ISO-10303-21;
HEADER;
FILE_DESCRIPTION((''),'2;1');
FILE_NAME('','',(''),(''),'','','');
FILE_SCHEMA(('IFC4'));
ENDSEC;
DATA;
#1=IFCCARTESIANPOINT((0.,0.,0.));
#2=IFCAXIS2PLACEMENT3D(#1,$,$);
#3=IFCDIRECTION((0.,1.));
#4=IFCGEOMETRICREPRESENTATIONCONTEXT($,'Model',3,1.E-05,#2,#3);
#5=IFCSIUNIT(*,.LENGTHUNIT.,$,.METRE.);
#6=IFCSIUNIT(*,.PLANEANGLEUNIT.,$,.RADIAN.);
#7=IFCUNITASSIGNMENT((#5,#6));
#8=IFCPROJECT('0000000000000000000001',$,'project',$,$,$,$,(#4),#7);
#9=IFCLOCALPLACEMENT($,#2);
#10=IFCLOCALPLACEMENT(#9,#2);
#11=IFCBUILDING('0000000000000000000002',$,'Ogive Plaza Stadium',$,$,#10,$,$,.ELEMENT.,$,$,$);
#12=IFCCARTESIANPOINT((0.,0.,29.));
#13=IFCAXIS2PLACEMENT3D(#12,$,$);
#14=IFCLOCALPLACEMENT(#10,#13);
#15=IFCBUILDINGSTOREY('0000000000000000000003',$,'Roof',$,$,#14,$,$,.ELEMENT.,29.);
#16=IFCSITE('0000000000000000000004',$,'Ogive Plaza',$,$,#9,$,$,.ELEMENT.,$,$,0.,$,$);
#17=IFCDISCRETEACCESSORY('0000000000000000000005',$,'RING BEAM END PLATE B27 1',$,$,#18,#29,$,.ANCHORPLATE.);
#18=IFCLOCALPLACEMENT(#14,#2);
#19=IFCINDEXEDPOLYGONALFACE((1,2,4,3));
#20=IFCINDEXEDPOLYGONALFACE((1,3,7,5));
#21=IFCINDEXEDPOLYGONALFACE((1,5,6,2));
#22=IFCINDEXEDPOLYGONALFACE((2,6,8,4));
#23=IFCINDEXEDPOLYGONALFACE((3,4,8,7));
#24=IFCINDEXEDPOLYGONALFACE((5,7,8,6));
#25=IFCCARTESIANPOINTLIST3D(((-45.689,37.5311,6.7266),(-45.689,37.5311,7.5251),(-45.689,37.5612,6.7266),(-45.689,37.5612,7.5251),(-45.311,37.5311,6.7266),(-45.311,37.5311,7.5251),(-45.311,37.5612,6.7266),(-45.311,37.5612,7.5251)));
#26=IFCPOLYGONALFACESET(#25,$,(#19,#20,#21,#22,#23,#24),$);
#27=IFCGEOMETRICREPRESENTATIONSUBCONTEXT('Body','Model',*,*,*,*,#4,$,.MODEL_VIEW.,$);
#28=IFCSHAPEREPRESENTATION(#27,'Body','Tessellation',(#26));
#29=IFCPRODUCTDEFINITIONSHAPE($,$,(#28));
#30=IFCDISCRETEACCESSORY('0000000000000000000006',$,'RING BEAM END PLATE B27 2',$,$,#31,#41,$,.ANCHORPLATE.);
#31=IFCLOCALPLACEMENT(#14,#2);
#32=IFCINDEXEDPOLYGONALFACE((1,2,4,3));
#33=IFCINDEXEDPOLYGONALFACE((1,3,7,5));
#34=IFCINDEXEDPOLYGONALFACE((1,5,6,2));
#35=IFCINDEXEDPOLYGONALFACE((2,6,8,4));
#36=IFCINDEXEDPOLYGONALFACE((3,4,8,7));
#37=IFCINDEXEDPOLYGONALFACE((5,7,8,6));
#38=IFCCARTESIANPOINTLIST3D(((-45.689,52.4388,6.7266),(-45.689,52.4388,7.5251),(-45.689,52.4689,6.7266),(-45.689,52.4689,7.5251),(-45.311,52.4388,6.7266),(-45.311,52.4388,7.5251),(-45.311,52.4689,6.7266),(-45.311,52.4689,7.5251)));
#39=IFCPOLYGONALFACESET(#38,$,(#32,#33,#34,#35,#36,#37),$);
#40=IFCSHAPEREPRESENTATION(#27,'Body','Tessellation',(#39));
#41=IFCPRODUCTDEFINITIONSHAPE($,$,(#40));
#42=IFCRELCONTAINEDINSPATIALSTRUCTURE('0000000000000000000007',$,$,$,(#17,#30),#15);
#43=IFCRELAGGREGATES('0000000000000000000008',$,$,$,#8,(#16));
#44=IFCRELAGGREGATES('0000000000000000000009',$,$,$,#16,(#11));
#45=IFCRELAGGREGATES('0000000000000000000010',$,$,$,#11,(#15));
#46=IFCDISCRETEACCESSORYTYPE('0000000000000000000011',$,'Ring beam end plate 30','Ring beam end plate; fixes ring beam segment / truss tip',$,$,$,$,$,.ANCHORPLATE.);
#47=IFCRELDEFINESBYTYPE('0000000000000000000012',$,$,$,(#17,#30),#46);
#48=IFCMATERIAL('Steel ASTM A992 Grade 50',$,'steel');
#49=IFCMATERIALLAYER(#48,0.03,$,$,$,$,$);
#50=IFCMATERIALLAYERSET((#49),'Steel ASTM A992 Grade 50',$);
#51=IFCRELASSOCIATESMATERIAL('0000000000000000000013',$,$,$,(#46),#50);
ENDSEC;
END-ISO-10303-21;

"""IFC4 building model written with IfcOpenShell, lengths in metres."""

from ifc_helpers import new_model, si_unit, direction, frame, origin, origin_2d, place, context, subcontext, project, spatial, rectangle, extrude, material, layer, layer_set, type_object, element, save


model = new_model("IFC4")

# Units and contexts
model_context = context("Model", 3, precision=1e-05, world=origin(), true_north=direction((0.0, 1.0)))
body_context = subcontext(model_context, "Body", "Model", "MODEL_VIEW")
ifc_project = project(units=[si_unit("LENGTHUNIT", "METRE"), si_unit("PLANEANGLEUNIT", "RADIAN")], contexts=[model_context])

# Site, building, storey
site_placement = place(None, origin())
site = spatial("IfcSite", under=ifc_project, at=site_placement, Name="Ogive Plaza", CompositionType="ELEMENT", RefElevation=0.0)
building_placement = place(site_placement, origin())
building = spatial("IfcBuilding", under=site, at=building_placement, Name="Ogive Plaza Stadium", CompositionType="ELEMENT")
storey_placement = place(building_placement, frame((0.0, 0.0, 29.0)))
storey = spatial("IfcBuildingStorey", under=building, at=storey_placement, Name="Roof", CompositionType="ELEMENT", Elevation=29.0)

# Discrete accessories
ifc_material_1 = material(Name="Steel ASTM A992 Grade 50", Category="steel")
ifc_layer_1 = layer(ifc_material_1, 0.03)
ifc_layer_set_1 = layer_set([ifc_layer_1], Name="Steel ASTM A992 Grade 50")
discrete_accessory_type = type_object("IfcDiscreteAccessoryType", Name="Ring beam end plate 30", Description="Ring beam end plate; fixes ring beam segment / truss tip", PredefinedType="ANCHORPLATE", material=ifc_layer_set_1)
for number, where, z_axis, x_axis, name in (
    (1, (-45.5, 37.5461, 6.7266), (0.0, 0.0, 1.0), (0.0, 1.0, 0.0), "RING BEAM END PLATE B27 1"),
    (2, (-45.5, 52.4539, 6.7266), (0.0, 0.0, 1.0), (0.0, 1.0, 0.0), "RING BEAM END PLATE B27 2"),
):
    element("IfcDiscreteAccessory", number, at=place(storey_placement, frame(where, z_axis=z_axis, x_axis=x_axis)), inside=storey, type_object=discrete_accessory_type, Name=name, PredefinedType="ANCHORPLATE", context=body_context, shape_type="SweptSolid", body=[
        extrude(rectangle(XDim=0.03, YDim=0.3779, at=origin_2d()), origin(), (0.0, 0.0, 1.0), 0.7986),
    ])

save(model, "model.ifc")
